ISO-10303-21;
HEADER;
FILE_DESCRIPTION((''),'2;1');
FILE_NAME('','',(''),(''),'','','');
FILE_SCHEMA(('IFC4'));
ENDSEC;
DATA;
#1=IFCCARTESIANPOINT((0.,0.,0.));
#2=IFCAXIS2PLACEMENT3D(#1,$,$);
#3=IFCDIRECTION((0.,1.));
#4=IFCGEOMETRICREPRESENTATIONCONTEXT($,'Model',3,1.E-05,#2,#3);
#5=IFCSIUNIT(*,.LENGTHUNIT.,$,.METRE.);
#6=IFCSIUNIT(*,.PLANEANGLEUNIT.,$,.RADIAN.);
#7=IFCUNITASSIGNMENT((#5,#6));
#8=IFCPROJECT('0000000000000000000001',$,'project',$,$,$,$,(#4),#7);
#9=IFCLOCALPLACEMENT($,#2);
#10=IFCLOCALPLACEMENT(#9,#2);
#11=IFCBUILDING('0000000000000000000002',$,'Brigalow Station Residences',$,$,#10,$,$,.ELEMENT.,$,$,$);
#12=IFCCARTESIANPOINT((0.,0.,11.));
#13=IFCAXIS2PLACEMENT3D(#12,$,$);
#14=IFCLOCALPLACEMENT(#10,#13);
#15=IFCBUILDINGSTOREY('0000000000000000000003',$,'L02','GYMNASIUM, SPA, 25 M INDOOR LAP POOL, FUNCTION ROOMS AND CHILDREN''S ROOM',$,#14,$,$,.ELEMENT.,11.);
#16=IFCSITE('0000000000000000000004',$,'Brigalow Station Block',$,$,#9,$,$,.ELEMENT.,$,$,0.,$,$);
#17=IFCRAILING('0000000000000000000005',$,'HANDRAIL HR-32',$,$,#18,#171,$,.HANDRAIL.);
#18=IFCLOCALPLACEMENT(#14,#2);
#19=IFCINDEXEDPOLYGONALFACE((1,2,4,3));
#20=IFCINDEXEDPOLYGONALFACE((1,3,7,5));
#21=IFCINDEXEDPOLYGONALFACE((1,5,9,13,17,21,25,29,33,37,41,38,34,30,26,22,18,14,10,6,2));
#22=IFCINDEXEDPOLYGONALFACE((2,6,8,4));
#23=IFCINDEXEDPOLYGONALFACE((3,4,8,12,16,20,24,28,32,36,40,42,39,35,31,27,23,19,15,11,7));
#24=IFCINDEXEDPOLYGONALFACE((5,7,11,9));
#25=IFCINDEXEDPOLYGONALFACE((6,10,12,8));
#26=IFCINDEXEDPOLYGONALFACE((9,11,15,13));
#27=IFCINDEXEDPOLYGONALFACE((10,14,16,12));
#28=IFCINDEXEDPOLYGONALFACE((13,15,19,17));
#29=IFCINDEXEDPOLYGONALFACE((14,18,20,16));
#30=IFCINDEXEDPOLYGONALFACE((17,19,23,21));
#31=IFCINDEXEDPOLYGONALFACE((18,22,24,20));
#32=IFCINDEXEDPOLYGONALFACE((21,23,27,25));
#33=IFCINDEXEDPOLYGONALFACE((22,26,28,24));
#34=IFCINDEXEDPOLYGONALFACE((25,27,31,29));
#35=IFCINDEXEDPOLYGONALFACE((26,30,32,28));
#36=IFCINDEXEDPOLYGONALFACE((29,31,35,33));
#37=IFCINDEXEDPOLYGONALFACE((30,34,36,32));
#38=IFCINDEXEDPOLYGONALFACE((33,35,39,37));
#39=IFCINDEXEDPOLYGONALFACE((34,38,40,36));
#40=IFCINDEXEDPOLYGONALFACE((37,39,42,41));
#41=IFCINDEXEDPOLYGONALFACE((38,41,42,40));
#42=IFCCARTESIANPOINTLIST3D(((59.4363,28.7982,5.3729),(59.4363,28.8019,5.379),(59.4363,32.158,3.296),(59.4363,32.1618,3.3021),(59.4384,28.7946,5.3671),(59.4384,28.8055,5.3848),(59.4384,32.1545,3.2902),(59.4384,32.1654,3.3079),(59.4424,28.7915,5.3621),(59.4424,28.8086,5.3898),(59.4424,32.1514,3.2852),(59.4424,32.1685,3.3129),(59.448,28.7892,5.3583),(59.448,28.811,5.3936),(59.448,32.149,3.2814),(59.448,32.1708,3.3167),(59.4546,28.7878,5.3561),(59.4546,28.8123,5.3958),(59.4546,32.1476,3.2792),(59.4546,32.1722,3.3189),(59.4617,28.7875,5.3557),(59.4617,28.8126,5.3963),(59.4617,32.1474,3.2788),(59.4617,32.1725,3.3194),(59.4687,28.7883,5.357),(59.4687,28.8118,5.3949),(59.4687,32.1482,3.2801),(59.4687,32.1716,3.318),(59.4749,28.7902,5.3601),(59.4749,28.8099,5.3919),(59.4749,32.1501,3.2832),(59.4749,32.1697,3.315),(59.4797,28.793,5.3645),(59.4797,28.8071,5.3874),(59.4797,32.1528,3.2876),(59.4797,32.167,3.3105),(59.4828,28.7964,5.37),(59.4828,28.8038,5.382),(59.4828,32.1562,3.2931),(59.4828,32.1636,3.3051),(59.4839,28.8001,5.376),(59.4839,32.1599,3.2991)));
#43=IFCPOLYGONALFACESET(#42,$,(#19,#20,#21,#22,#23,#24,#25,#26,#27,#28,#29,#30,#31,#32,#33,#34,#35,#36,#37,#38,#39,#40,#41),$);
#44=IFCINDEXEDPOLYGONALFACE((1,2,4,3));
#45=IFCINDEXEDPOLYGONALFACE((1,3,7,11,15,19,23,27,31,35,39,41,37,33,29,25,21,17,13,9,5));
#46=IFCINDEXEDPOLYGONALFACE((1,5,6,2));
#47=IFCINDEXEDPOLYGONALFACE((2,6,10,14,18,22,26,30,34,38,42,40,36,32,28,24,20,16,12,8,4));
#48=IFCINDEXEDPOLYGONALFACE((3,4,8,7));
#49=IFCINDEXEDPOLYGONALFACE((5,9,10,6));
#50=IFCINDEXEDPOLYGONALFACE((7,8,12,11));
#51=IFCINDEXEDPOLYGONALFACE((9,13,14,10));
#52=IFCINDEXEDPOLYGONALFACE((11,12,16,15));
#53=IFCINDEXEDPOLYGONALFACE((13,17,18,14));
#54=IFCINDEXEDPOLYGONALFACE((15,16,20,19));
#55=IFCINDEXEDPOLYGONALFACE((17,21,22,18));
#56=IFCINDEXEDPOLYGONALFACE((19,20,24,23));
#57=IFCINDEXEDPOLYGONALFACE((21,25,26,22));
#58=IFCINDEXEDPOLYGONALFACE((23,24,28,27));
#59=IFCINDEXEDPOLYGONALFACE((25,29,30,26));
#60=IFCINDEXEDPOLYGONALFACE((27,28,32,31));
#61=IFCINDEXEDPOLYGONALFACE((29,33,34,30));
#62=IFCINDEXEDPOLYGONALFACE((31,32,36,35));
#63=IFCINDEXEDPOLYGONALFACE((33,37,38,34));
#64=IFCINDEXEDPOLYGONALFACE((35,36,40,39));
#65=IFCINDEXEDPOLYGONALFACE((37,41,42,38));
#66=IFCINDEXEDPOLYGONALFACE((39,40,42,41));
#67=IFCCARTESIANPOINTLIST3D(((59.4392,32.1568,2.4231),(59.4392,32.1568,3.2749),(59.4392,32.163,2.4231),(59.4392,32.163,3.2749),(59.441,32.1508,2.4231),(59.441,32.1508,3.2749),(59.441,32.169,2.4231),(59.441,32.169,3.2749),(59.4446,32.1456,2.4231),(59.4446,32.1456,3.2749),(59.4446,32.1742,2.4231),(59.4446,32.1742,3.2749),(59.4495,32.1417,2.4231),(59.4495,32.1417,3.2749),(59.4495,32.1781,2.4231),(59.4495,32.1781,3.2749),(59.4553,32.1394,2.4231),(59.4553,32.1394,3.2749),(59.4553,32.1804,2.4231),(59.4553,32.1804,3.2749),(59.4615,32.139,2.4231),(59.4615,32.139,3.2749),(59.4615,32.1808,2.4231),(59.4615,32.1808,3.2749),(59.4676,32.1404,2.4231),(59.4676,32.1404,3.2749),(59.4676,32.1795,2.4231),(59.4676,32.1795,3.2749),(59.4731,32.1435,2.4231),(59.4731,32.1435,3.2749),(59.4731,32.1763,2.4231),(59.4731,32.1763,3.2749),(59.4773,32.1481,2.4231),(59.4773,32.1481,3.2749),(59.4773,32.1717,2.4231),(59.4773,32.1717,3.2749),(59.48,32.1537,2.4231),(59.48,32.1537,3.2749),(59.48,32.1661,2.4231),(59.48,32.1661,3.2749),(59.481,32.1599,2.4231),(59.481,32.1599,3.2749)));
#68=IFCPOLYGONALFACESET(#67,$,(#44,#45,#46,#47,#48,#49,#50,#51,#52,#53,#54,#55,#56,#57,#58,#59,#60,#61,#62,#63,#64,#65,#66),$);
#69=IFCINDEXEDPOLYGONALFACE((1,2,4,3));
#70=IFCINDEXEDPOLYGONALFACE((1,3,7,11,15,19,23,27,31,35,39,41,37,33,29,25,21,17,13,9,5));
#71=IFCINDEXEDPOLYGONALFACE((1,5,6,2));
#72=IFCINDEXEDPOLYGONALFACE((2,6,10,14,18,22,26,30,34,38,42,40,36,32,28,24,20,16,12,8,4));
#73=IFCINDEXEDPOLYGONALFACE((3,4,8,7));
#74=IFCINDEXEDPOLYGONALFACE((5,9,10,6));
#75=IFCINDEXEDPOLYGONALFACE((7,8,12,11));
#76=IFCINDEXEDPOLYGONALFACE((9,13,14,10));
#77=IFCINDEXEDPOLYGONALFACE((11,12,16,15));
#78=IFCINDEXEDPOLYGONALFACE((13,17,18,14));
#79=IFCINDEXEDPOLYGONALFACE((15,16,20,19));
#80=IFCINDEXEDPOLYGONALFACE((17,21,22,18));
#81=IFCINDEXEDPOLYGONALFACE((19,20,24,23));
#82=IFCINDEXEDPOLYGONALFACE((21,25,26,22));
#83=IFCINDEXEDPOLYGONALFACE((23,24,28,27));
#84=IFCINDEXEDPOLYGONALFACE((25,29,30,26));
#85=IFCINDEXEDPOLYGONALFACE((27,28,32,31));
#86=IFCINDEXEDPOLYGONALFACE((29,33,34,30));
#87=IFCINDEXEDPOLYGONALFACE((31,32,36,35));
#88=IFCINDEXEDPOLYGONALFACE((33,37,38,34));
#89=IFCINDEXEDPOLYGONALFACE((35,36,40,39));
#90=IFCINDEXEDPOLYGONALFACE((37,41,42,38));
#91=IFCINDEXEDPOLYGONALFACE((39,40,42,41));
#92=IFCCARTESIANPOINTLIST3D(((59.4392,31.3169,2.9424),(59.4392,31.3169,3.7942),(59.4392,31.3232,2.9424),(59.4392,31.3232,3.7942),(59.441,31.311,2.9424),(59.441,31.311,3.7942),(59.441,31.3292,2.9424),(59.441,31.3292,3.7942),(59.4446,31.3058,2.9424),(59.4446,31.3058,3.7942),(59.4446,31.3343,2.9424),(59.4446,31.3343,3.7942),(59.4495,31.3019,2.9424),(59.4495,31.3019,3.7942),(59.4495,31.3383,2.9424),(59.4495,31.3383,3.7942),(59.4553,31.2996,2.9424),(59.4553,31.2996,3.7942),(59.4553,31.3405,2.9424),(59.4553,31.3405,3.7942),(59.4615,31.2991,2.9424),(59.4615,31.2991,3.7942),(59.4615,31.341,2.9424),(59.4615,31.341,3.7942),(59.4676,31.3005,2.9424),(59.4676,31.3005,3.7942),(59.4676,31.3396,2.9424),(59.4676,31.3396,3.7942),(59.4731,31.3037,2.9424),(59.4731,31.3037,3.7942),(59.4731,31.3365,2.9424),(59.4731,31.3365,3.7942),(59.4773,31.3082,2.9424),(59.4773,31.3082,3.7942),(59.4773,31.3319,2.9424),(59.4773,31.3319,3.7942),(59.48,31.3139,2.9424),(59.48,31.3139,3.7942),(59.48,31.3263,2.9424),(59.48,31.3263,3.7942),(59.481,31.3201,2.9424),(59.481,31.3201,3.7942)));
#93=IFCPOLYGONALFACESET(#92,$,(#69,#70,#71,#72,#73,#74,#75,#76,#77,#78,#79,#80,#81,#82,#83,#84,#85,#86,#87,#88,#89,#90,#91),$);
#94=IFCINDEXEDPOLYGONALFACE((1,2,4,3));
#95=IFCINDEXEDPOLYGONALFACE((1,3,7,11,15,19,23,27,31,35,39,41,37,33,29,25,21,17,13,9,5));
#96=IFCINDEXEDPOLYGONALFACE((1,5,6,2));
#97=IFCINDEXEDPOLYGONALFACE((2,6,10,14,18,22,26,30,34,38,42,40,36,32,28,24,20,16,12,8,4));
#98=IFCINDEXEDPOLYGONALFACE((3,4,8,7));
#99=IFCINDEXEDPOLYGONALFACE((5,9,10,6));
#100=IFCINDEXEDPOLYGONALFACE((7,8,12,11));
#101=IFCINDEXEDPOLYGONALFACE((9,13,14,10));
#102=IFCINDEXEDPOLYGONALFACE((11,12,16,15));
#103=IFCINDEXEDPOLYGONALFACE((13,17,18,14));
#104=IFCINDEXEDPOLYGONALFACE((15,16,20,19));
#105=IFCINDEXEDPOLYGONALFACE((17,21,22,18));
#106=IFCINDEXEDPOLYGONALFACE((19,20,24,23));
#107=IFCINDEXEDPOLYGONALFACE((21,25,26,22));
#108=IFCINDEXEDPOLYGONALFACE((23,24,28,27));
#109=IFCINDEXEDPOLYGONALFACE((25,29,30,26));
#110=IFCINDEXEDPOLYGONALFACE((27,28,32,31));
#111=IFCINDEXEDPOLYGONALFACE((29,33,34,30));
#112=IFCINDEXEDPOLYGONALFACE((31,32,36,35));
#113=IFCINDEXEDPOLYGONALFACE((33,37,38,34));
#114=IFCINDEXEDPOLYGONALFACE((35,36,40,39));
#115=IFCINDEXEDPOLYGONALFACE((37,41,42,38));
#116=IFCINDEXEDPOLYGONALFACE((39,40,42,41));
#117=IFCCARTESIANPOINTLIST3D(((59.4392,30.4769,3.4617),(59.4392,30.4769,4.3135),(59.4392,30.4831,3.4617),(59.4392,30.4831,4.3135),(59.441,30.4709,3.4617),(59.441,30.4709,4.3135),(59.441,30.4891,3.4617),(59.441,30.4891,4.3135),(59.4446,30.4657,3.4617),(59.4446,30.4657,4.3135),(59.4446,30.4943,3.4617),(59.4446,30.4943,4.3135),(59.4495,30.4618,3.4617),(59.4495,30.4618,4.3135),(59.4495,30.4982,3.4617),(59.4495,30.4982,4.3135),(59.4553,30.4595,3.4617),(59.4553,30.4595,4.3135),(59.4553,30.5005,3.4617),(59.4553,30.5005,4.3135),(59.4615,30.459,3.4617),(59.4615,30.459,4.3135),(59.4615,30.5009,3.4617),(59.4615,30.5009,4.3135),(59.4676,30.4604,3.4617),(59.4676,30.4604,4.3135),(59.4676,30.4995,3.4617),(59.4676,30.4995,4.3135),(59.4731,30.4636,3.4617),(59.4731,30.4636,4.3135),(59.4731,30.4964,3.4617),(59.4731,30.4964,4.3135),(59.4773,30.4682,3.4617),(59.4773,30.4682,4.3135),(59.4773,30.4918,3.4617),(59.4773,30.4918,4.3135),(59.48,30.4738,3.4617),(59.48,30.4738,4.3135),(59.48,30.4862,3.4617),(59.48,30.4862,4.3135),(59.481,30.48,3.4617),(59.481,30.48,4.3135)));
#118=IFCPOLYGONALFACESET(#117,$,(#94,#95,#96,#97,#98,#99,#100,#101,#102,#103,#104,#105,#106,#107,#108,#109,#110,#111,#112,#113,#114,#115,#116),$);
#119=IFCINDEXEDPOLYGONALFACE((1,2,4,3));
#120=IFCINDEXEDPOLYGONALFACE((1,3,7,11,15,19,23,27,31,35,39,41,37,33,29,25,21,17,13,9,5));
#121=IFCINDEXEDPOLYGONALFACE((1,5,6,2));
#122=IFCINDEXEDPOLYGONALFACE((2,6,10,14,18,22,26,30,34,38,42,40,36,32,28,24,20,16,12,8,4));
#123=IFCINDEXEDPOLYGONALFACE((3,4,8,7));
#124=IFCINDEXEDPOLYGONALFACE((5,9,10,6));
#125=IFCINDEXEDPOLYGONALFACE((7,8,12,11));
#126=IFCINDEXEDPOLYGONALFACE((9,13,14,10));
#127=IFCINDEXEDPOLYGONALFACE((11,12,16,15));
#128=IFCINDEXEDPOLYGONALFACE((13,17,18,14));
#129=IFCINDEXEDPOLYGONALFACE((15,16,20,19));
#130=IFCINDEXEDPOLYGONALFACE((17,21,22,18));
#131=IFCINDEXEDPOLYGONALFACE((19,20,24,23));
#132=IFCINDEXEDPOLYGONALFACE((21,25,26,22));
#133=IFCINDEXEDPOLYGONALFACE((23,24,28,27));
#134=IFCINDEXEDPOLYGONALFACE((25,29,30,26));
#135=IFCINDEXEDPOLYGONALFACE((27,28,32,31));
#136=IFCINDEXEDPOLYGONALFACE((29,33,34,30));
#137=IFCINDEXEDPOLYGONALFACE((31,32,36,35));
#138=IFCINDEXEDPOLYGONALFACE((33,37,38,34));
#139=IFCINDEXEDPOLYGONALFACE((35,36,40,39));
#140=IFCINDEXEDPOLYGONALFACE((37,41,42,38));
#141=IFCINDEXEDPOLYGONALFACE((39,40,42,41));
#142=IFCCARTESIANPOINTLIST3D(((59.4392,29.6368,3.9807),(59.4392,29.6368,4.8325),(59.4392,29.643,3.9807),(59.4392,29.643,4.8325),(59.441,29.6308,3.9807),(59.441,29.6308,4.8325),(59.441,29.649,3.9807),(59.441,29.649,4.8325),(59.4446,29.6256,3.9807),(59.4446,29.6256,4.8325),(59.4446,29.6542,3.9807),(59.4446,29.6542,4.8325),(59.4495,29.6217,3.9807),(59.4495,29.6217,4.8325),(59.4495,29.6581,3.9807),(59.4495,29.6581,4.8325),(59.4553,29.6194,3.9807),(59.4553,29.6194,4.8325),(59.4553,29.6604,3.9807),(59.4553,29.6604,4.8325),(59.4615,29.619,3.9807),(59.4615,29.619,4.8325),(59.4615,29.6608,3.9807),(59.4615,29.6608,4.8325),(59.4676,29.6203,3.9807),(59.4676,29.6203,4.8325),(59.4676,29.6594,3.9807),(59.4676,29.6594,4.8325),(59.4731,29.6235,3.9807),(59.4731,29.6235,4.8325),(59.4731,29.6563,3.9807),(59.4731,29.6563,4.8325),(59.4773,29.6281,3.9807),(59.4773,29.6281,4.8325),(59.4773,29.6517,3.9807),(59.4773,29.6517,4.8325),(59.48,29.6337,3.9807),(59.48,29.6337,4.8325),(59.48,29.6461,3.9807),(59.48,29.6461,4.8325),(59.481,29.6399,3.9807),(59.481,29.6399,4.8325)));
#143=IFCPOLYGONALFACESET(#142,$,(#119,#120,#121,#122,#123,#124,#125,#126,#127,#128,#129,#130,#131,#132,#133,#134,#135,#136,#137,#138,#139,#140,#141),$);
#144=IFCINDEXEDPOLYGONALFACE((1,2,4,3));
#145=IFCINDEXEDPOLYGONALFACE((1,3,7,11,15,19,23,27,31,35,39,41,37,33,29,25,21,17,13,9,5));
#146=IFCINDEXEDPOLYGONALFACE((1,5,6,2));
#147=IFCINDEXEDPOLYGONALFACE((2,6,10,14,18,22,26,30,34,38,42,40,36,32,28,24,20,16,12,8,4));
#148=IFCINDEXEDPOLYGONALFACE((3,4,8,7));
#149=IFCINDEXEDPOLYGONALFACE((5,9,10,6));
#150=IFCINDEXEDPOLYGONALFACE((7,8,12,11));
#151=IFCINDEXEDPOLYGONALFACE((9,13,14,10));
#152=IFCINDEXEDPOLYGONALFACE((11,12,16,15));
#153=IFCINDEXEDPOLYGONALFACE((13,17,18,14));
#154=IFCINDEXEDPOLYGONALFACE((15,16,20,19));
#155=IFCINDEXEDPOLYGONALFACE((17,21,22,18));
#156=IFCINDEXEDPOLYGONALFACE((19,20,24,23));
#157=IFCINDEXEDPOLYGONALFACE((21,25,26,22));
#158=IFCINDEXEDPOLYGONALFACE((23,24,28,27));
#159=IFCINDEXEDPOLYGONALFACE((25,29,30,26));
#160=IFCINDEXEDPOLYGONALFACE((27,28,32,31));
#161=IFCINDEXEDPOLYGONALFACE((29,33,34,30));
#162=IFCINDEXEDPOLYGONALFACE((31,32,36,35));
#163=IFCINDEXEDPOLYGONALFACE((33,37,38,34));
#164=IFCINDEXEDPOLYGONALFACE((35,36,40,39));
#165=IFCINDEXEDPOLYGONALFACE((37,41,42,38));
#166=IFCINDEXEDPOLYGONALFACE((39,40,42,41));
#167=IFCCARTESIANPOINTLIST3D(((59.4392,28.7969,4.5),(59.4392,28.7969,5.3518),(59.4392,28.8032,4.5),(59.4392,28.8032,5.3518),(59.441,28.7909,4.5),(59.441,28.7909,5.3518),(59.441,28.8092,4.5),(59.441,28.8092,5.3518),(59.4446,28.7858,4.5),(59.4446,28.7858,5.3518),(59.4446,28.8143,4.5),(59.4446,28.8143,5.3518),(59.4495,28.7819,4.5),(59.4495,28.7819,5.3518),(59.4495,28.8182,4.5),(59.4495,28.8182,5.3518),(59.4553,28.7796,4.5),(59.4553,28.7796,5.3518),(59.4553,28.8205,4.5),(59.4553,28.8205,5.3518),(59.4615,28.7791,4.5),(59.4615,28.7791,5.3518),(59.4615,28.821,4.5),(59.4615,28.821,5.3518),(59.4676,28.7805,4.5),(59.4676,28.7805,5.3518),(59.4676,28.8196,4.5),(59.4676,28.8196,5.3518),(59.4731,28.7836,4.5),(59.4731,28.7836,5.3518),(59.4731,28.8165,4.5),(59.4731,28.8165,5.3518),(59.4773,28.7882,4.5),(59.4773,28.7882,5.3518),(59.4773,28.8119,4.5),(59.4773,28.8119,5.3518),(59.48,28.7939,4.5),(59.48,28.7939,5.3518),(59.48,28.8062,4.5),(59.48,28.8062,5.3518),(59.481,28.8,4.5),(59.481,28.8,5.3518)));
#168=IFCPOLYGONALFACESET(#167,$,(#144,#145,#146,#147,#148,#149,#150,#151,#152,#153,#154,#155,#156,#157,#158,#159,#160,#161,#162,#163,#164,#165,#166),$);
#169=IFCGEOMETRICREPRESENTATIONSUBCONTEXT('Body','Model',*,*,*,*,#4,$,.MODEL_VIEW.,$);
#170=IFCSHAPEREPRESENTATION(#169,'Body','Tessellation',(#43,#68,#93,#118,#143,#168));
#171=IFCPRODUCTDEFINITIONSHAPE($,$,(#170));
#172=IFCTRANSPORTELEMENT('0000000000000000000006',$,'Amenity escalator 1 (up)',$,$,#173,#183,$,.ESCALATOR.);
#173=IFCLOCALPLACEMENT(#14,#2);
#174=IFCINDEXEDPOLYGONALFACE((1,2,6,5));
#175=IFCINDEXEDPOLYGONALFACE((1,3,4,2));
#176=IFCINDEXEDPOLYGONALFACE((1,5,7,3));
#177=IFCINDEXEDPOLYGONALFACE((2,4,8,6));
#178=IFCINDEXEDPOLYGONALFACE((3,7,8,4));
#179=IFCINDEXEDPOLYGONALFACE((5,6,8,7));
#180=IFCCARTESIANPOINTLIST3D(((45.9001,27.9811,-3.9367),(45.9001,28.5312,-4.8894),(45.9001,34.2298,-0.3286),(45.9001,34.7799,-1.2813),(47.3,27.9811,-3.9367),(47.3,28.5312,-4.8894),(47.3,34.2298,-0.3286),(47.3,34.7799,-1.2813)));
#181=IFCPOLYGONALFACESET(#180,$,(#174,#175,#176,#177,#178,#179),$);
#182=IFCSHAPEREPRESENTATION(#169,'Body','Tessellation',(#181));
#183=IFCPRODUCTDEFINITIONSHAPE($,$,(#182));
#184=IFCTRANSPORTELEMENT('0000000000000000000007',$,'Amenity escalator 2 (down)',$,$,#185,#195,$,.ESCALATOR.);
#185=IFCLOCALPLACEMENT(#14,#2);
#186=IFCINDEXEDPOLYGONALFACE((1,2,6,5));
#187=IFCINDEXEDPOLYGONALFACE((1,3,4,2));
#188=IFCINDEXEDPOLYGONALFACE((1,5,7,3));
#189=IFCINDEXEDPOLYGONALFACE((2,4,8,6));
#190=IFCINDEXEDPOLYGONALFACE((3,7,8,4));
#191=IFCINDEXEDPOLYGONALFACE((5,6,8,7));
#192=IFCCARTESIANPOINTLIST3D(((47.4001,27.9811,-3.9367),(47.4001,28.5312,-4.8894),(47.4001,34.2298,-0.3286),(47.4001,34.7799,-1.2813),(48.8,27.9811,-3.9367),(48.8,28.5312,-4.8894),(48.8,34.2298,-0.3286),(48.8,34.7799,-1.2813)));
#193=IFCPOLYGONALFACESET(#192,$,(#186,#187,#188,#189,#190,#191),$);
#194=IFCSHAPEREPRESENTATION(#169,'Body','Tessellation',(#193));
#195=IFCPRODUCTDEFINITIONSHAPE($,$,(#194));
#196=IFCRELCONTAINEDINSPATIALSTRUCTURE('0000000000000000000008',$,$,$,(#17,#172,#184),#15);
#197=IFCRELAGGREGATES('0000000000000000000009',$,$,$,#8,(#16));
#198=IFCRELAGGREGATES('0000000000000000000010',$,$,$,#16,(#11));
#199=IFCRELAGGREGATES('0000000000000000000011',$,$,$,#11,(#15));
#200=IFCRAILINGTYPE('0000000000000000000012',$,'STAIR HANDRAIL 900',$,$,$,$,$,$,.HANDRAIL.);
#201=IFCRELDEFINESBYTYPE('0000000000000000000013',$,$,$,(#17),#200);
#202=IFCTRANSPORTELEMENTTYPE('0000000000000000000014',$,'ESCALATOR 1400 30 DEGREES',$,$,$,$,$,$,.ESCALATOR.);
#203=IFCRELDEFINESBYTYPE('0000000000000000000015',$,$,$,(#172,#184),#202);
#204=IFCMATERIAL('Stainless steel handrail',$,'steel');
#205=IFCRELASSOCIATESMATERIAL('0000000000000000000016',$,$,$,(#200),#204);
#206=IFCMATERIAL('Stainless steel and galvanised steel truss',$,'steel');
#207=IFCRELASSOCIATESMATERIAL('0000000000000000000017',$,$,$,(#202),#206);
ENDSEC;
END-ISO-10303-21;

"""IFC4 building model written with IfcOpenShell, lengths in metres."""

from ifc_helpers import new_model, si_unit, direction, frame, origin, origin_2d, place, context, subcontext, project, spatial, rectangle, circle, extrude, material, material_profile, profile_set, type_object, element, save


model = new_model("IFC4")

# Units and contexts
model_context = context("Model", 3, precision=1e-05, world=origin(), true_north=direction((0.0, 1.0)))
body_context = subcontext(model_context, "Body", "Model", "MODEL_VIEW")
ifc_project = project(units=[si_unit("LENGTHUNIT", "METRE"), si_unit("PLANEANGLEUNIT", "RADIAN")], contexts=[model_context])

# Site, building, storey
site_placement = place(None, origin())
site = spatial("IfcSite", under=ifc_project, at=site_placement, Name="Brigalow Station Block", CompositionType="ELEMENT", RefElevation=0.0)
building_placement = place(site_placement, origin())
building = spatial("IfcBuilding", under=site, at=building_placement, Name="Brigalow Station Residences", CompositionType="ELEMENT")
storey_placement = place(building_placement, frame((0.0, 0.0, 11.0)))
storey = spatial("IfcBuildingStorey", under=building, at=storey_placement, Name="L02", Description="GYMNASIUM, SPA, 25 M INDOOR LAP POOL, FUNCTION ROOMS AND CHILDREN'S ROOM", CompositionType="ELEMENT", Elevation=11.0)

# Railing
ifc_material_1 = material(Name="Stainless steel handrail", Category="steel")
railing_type_1 = type_object("IfcRailingType", Name="STAIR HANDRAIL 900", PredefinedType="HANDRAIL", material=ifc_material_1)
railing_1_placement = place(storey_placement, frame((59.46, 32.1599, 2.4231)))
element("IfcRailing", 1, at=railing_1_placement, inside=storey, type_object=railing_type_1, Name="HANDRAIL HR-32", PredefinedType="HANDRAIL", context=body_context, shape_type="SweptSolid", body=[
    extrude(circle(Radius=0.0239, at=origin_2d()), frame((0.0, 0.0, 0.876), z_axis=(0.0, -0.850606, 0.525803), x_axis=(1.0, 0.0, 0.0)), (0.0, 0.0, 1.0), 3.95),
    extrude(circle(Radius=0.021, at=origin_2d()), origin(), (0.0, 0.0, 1.0), 0.8518),
    extrude(circle(Radius=0.021, at=origin_2d()), frame((0.0, -0.8398, 0.5193)), (0.0, 0.0, 1.0), 0.8518),
    extrude(circle(Radius=0.021, at=origin_2d()), frame((0.0, -1.6799, 1.0386)), (0.0, 0.0, 1.0), 0.8518),
    extrude(circle(Radius=0.021, at=origin_2d()), frame((0.0, -2.52, 1.5576)), (0.0, 0.0, 1.0), 0.8518),
    extrude(circle(Radius=0.021, at=origin_2d()), frame((0.0, -3.3599, 2.0769)), (0.0, 0.0, 1.0), 0.8518),
])

# Transport elements
ifc_material_2 = material(Name="Stainless steel and galvanised steel truss", Category="steel")
ifc_material_profile_1 = material_profile(ifc_material_2, rectangle(XDim=1.3999, YDim=1.1001, at=origin_2d()), Name="ESC1400x1100")
ifc_profile_set_1 = profile_set([ifc_material_profile_1], Name="Stainless steel and galvanised steel truss")
transport_element_type = type_object("IfcTransportElementType", Name="ESCALATOR 1400 30 DEGREES", PredefinedType="ESCALATOR", material=ifc_profile_set_1)
for number, where, z_axis, x_axis, name in (
    (2, (46.6001, 34.5049, -0.8049), (0.0, -0.866, -0.500044), (1.0, 0.0, 0.0), "Amenity escalator 1 (up)"),
    (3, (48.1001, 34.5049, -0.8049), (0.0, -0.866, -0.500044), (1.0, 0.0, 0.0), "Amenity escalator 2 (down)"),
):
    element("IfcTransportElement", number, at=place(storey_placement, frame(where, z_axis=z_axis, x_axis=x_axis)), inside=storey, type_object=transport_element_type, Name=name, PredefinedType="ESCALATOR", context=body_context, shape_type="SweptSolid", body=[
        extrude(rectangle(XDim=1.3999, YDim=1.1001, at=origin_2d()), origin(), (0.0, 0.0, 1.0), 7.2156),
    ])

save(model, "model.ifc")
